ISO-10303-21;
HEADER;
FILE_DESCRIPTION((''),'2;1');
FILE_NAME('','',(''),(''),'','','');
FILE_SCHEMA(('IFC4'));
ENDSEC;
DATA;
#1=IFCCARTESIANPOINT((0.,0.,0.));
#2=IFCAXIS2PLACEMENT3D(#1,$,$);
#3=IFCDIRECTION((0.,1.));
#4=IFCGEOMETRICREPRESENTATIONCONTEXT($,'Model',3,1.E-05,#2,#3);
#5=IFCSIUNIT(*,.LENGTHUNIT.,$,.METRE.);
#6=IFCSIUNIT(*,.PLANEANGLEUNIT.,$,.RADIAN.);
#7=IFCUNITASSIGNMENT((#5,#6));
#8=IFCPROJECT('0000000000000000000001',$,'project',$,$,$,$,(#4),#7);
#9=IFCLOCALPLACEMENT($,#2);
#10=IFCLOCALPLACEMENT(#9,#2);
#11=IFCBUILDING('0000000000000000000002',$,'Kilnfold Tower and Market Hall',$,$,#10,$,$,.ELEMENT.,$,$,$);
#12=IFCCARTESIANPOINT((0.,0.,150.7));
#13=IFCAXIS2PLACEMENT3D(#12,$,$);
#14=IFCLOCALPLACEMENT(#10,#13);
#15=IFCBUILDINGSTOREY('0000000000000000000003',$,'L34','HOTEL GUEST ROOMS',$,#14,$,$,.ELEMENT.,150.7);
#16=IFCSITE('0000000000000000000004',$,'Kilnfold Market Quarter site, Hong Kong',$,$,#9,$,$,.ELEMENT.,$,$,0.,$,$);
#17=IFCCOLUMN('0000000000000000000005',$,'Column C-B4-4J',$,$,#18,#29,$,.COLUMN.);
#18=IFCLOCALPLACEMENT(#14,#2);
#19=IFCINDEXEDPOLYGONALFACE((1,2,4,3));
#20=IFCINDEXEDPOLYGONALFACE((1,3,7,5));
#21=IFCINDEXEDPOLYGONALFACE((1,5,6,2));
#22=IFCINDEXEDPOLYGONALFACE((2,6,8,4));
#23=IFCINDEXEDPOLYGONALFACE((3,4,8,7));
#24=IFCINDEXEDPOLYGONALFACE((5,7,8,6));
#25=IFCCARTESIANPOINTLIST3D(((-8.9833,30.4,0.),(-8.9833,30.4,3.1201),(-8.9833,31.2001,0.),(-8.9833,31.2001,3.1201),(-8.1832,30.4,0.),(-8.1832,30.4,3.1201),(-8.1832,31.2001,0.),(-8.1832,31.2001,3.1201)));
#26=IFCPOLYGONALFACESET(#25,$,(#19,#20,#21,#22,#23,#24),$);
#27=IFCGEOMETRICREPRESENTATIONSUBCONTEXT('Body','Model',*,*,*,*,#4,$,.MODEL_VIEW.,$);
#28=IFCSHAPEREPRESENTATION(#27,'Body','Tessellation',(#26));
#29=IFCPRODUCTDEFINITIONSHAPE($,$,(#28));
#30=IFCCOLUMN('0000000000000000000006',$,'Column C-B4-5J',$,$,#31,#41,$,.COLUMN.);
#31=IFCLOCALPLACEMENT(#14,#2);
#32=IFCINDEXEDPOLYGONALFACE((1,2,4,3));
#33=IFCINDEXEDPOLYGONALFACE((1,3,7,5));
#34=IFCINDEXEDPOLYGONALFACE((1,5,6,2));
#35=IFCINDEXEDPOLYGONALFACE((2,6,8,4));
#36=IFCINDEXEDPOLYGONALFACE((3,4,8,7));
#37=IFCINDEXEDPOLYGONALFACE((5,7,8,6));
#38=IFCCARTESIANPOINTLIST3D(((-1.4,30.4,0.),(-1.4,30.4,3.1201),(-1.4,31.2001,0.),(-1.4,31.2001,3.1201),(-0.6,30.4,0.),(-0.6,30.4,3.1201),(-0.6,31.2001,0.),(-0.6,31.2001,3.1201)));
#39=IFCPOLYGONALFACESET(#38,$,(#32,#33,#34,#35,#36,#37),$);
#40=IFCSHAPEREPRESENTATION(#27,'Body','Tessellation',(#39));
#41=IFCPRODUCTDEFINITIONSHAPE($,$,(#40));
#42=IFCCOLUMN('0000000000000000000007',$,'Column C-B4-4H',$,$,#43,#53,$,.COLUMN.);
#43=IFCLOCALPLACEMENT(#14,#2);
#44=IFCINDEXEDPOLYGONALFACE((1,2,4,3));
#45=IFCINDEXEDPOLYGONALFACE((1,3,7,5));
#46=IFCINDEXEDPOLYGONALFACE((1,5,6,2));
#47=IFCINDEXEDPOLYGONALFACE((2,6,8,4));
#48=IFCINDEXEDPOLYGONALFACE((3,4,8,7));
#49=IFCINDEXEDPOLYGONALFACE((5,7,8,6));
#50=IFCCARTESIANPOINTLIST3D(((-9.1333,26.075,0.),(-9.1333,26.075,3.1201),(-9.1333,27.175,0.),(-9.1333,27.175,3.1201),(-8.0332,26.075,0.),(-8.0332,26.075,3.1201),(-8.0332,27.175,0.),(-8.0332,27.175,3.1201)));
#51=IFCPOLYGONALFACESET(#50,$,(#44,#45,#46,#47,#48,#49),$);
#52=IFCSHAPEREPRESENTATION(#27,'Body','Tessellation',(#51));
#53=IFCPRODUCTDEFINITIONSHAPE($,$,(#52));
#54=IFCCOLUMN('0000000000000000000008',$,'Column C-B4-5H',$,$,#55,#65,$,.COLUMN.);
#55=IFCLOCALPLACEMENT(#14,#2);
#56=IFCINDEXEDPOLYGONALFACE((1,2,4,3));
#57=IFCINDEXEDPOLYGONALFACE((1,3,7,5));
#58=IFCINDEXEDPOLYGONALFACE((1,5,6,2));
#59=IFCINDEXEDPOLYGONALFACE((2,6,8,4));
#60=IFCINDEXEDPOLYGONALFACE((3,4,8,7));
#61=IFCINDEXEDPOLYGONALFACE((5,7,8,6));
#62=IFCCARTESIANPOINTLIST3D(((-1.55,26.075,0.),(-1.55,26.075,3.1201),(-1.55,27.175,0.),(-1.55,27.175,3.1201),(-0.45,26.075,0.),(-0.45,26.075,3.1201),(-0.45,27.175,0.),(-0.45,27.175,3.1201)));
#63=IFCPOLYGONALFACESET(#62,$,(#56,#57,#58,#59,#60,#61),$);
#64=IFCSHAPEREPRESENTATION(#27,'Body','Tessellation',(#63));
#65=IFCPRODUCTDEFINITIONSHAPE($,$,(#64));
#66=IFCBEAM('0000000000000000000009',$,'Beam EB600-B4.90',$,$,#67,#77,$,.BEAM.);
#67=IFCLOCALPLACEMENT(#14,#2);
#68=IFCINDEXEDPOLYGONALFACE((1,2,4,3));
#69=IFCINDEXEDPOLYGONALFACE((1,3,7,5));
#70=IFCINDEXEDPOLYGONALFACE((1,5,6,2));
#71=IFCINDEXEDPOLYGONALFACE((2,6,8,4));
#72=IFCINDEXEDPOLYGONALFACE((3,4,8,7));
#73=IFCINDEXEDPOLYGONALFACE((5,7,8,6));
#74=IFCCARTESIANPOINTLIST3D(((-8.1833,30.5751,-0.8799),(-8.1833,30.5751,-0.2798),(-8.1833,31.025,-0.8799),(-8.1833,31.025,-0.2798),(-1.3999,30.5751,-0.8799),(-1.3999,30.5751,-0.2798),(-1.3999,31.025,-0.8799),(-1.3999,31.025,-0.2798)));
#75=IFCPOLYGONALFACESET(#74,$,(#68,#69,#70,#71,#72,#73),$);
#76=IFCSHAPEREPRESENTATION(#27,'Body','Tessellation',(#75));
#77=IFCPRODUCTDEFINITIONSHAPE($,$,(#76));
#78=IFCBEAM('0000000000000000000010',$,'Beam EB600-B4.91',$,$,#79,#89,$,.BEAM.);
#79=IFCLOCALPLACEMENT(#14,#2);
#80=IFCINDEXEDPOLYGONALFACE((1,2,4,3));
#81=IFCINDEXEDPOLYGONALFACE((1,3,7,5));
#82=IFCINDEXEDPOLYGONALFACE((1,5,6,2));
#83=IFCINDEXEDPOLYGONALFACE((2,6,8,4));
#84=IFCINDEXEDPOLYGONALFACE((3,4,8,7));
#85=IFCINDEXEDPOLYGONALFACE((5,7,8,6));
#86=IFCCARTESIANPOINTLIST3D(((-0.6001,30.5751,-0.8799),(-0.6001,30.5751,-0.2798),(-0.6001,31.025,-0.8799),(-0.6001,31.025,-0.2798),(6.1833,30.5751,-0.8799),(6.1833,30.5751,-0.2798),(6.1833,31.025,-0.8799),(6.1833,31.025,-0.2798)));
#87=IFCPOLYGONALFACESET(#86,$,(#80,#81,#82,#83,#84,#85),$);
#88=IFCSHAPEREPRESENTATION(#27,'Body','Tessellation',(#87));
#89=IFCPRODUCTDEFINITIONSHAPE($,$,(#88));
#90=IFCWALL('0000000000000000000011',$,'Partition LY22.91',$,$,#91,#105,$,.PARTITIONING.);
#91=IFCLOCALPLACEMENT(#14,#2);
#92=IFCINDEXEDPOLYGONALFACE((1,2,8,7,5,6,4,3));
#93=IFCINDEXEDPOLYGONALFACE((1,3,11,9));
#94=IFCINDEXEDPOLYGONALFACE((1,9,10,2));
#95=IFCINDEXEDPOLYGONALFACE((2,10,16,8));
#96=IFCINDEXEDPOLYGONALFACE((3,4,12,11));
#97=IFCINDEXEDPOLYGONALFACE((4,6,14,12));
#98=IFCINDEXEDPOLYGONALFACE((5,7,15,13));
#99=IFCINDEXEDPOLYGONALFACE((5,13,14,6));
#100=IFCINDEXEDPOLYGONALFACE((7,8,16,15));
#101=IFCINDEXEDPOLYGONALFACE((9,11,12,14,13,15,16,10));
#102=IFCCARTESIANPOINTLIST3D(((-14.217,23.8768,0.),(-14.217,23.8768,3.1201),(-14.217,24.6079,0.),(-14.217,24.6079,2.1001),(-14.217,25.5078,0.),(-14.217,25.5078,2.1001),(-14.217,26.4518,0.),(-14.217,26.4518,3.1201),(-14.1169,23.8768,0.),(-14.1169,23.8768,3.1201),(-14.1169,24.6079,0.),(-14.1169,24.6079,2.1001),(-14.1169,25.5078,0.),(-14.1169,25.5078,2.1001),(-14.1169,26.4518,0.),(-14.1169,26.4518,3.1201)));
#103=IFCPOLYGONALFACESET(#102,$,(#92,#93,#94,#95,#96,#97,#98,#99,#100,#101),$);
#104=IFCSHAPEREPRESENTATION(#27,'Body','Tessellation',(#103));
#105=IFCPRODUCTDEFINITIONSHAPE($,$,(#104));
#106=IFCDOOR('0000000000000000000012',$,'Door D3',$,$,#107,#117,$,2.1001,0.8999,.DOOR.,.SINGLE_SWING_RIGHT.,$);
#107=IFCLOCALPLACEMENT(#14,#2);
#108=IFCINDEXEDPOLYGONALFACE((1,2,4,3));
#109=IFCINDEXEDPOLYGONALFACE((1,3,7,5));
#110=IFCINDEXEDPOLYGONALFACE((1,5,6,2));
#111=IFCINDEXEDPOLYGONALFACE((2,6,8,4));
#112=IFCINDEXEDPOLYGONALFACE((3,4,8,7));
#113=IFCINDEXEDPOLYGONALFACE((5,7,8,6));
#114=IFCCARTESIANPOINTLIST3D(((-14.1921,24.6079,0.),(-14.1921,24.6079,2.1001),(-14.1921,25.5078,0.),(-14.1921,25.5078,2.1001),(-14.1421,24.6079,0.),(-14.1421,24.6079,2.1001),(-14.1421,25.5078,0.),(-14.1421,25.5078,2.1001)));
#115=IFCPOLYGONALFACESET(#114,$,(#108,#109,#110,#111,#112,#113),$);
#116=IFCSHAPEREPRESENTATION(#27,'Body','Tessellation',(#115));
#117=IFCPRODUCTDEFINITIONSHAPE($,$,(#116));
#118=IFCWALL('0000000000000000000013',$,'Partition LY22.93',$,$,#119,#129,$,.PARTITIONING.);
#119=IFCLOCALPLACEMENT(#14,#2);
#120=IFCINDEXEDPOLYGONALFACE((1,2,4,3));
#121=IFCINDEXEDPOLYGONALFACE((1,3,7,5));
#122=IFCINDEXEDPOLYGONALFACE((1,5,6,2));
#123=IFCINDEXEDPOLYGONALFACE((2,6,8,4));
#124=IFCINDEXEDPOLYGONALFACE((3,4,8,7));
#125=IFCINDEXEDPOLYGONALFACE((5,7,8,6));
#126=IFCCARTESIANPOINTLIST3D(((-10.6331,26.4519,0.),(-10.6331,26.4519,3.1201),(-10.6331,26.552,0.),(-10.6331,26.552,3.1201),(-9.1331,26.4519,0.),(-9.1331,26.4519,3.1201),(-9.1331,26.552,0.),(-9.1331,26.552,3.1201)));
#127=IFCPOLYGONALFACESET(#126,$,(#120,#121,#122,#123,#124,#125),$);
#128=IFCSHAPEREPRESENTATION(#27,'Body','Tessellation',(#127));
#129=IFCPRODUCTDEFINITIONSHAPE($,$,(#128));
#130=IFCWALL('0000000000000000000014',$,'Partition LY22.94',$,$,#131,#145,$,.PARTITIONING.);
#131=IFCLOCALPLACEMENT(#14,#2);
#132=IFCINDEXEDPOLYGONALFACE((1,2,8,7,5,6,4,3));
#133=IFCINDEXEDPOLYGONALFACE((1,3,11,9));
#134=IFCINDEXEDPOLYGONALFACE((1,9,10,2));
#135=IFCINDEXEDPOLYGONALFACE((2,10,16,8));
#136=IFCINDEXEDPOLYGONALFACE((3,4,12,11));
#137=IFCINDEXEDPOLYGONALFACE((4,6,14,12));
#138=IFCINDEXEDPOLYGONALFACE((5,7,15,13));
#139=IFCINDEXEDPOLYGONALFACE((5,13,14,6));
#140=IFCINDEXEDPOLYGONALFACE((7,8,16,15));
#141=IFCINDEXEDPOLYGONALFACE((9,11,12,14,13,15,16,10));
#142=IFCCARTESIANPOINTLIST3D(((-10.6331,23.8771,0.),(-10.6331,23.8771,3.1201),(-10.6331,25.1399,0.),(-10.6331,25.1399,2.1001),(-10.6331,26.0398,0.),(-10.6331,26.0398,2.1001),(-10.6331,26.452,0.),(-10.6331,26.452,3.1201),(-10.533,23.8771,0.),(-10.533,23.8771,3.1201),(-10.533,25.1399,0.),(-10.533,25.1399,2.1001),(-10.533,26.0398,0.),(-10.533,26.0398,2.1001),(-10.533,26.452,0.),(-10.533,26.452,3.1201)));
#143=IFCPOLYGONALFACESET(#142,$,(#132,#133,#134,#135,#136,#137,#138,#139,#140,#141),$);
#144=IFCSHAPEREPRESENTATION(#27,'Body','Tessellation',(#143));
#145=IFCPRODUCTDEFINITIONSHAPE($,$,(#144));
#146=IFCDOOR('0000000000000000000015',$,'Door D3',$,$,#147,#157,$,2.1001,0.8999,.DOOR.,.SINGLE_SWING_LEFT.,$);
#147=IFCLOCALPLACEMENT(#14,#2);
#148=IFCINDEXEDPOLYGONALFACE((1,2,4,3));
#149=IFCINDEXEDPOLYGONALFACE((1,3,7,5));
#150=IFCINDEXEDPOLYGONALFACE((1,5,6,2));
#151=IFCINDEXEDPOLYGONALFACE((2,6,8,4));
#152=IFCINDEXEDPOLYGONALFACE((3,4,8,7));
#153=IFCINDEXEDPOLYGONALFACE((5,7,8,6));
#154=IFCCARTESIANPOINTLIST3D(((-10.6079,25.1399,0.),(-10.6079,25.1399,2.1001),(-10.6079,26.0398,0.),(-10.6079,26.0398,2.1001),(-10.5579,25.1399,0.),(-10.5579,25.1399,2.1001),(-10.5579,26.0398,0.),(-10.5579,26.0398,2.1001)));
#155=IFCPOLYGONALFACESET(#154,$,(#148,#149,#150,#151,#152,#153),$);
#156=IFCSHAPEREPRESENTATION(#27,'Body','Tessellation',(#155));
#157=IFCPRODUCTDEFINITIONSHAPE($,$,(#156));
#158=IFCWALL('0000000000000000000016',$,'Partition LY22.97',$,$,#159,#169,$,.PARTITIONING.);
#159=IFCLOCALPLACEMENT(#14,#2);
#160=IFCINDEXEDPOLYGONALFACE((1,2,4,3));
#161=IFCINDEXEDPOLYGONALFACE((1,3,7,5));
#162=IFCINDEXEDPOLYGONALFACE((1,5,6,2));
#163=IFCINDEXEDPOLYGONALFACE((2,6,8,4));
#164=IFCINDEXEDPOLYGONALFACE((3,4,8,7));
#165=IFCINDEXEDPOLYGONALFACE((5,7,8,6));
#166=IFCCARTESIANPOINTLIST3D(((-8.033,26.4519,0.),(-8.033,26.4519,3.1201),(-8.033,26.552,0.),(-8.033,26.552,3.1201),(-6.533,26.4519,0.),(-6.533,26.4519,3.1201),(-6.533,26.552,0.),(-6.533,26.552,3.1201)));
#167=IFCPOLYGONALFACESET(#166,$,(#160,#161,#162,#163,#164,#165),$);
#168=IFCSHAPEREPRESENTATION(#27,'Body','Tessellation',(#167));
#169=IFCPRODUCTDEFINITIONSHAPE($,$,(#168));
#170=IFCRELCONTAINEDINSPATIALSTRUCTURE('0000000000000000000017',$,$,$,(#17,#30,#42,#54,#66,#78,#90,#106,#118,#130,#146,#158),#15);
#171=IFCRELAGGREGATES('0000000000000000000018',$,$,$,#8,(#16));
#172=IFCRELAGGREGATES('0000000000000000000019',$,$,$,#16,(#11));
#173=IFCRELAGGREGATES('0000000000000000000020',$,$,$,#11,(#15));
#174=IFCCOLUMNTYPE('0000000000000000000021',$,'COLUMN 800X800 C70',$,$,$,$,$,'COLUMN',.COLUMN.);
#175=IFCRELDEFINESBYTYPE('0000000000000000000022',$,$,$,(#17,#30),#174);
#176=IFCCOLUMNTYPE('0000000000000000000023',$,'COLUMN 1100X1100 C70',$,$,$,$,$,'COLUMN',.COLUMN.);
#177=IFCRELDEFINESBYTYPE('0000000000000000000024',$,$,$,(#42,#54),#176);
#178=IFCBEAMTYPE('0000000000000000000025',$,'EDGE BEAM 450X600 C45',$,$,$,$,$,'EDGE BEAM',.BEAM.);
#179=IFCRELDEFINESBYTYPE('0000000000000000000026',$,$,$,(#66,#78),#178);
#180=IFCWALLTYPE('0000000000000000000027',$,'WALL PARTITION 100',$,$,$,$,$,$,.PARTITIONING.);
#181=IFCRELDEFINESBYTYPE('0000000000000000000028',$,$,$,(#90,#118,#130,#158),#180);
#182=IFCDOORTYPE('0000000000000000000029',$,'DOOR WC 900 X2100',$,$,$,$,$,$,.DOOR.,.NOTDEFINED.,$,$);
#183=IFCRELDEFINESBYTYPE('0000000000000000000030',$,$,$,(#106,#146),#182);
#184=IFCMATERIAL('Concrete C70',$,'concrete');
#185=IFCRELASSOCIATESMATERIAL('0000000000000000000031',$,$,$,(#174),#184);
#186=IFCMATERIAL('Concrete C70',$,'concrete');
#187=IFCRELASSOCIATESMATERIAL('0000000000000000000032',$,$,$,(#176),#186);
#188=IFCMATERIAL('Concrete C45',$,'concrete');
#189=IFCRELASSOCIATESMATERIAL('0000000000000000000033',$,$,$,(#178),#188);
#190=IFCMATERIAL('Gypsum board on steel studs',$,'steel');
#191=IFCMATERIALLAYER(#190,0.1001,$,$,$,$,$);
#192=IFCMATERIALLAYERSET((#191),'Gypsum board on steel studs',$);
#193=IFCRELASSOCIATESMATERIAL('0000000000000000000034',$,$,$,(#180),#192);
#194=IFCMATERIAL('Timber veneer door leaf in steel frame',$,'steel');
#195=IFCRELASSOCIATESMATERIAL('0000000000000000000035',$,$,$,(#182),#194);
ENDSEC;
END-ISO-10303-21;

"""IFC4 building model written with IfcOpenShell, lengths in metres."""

from ifc_helpers import new_model, si_unit, direction, frame, frame_2d, origin, origin_2d, place, context, subcontext, project, spatial, rectangle, extrude, source, transform, mapped, material, layer, layer_set, material_profile, profile_set, type_object, element, fill, save


model = new_model("IFC4")

# Units and contexts
model_context = context("Model", 3, precision=1e-05, world=origin(), true_north=direction((0.0, 1.0)))
body_context = subcontext(model_context, "Body", "Model", "MODEL_VIEW")
ifc_project = project(units=[si_unit("LENGTHUNIT", "METRE"), si_unit("PLANEANGLEUNIT", "RADIAN")], contexts=[model_context])

# Site, building, storey
site_placement = place(None, origin())
site = spatial("IfcSite", under=ifc_project, at=site_placement, Name="Kilnfold Market Quarter site, Hong Kong", CompositionType="ELEMENT", RefElevation=0.0)
building_placement = place(site_placement, origin())
building = spatial("IfcBuilding", under=site, at=building_placement, Name="Kilnfold Tower and Market Hall", CompositionType="ELEMENT")
storey_placement = place(building_placement, frame((0.0, 0.0, 150.7)))
storey = spatial("IfcBuildingStorey", under=building, at=storey_placement, Name="L34", Description="HOTEL GUEST ROOMS", CompositionType="ELEMENT", Elevation=150.7)

# Columns
ifc_material_1 = material(Name="Concrete C70", Category="concrete")
ifc_material_profile_1 = material_profile(ifc_material_1, rectangle(XDim=0.8, YDim=0.8, at=origin_2d()), Name="RC 800x800")
ifc_profile_set_1 = profile_set([ifc_material_profile_1], Name="Concrete C70")
column_type_1 = type_object("IfcColumnType", Name="COLUMN 800X800 C70", ElementType="COLUMN", PredefinedType="COLUMN", material=ifc_profile_set_1)
shared_shape_1 = source(origin(), body_context, "Body", "SweptSolid", [
    extrude(rectangle(XDim=0.8, YDim=0.8, at=origin_2d()), origin(), (0.0, 0.0, 1.0), 3.1201),
])
for number, where, z_axis, x_axis, name in (
    (1, (-8.5833, 30.8, 0.0), (0.0, 0.0, 1.0), (1.0, 0.0, 0.0), "Column C-B4-4J"),
    (2, (-1.0, 30.8, 0.0), (0.0, 0.0, 1.0), (1.0, 0.0, 0.0), "Column C-B4-5J"),
):
    element("IfcColumn", number, at=place(storey_placement, frame(where, z_axis=z_axis, x_axis=x_axis)), inside=storey, type_object=column_type_1, Name=name, PredefinedType="COLUMN", context=body_context, shape_type="MappedRepresentation", body=[
        mapped(shared_shape_1, transform((0.0, 0.0, 0.0))),
    ])
ifc_material_2 = material(Name="Concrete C70", Category="concrete")
ifc_material_profile_2 = material_profile(ifc_material_2, rectangle(XDim=1.1001, YDim=1.1001, at=origin_2d()), Name="RC 1100x1100")
ifc_profile_set_2 = profile_set([ifc_material_profile_2], Name="Concrete C70")
column_type_2 = type_object("IfcColumnType", Name="COLUMN 1100X1100 C70", ElementType="COLUMN", PredefinedType="COLUMN", material=ifc_profile_set_2)
shared_shape_2 = source(origin(), body_context, "Body", "SweptSolid", [
    extrude(rectangle(XDim=1.1001, YDim=1.1001, at=origin_2d()), origin(), (0.0, 0.0, 1.0), 3.1201),
])
for number, where, z_axis, x_axis, name in (
    (3, (-8.5833, 26.625, 0.0), (0.0, 0.0, 1.0), (1.0, 0.0, 0.0), "Column C-B4-4H"),
    (4, (-1.0, 26.625, 0.0), (0.0, 0.0, 1.0), (1.0, 0.0, 0.0), "Column C-B4-5H"),
):
    element("IfcColumn", number, at=place(storey_placement, frame(where, z_axis=z_axis, x_axis=x_axis)), inside=storey, type_object=column_type_2, Name=name, PredefinedType="COLUMN", context=body_context, shape_type="MappedRepresentation", body=[
        mapped(shared_shape_2, transform((0.0, 0.0, 0.0))),
    ])

# Beams
ifc_material_3 = material(Name="Concrete C45", Category="concrete")
ifc_material_profile_3 = material_profile(ifc_material_3, rectangle(XDim=0.45, YDim=0.6001, at=origin_2d()), Name="RC 450x600")
ifc_profile_set_3 = profile_set([ifc_material_profile_3], Name="Concrete C45")
beam_type = type_object("IfcBeamType", Name="EDGE BEAM 450X600 C45", ElementType="EDGE BEAM", PredefinedType="BEAM", material=ifc_profile_set_3)
shared_shape_3 = source(origin(), body_context, "Body", "SweptSolid", [
    extrude(rectangle(XDim=0.45, YDim=0.6001, at=origin_2d()), origin(), (0.0, 0.0, 1.0), 6.7834),
])
for number, where, z_axis, x_axis, name in (
    (5, (-8.1833, 30.8, -0.5798), (1.0, 0.0, 0.0), (0.0, 1.0, 0.0), "Beam EB600-B4.90"),
    (6, (-0.6001, 30.8, -0.5798), (1.0, 0.0, 0.0), (0.0, 1.0, 0.0), "Beam EB600-B4.91"),
):
    element("IfcBeam", number, at=place(storey_placement, frame(where, z_axis=z_axis, x_axis=x_axis)), inside=storey, type_object=beam_type, Name=name, PredefinedType="BEAM", context=body_context, shape_type="MappedRepresentation", body=[
        mapped(shared_shape_3, transform((0.0, 0.0, 0.0))),
    ])

# Wall, opening, door
ifc_material_4 = material(Name="Gypsum board on steel studs", Category="steel")
ifc_layer_1 = layer(ifc_material_4, 0.1001)
ifc_layer_set_1 = layer_set([ifc_layer_1], Name="Gypsum board on steel studs")
wall_type_1 = type_object("IfcWallType", Name="WALL PARTITION 100", PredefinedType="PARTITIONING", material=ifc_layer_set_1)
wall_1_placement = place(storey_placement, frame((-14.167, 26.4519, 0.0), z_axis=(0.0, 0.0, 1.0), x_axis=(0.0, -1.0, 0.0)))
wall_1 = element("IfcWall", 7, at=wall_1_placement, inside=storey, type_object=wall_type_1, Name="Partition LY22.91", PredefinedType="PARTITIONING", context=body_context, shape_type="SweptSolid", body=[
    extrude(rectangle(XDim=2.575, YDim=0.1001, at=frame_2d((1.2876, 0.0))), origin(), (0.0, 0.0, 1.0), 3.1201),
])
opening_1_placement = place(wall_1_placement, frame((0.9441, 0.0, 0.0)))
opening_1 = element("IfcOpeningElement", 8, at=opening_1_placement, cuts=wall_1, PredefinedType="OPENING", context=body_context, shape_type="SweptSolid", body=[
    extrude(rectangle(XDim=0.8999, YDim=2.1001, at=frame_2d((0.45, 1.05))), frame((0.0, 0.0601, 0.0), z_axis=(0.0, -1.0, 0.0), x_axis=(1.0, 0.0, 0.0)), (0.0, 0.0, 1.0), 0.1201),
])
ifc_material_5 = material(Name="Timber veneer door leaf in steel frame", Category="steel")
door_type = type_object("IfcDoorType", Name="DOOR WC 900 X2100", OperationType="NOTDEFINED", PredefinedType="DOOR", material=ifc_material_5)
door_1_placement = place(opening_1_placement, origin())
door_1 = element("IfcDoor", 9, at=door_1_placement, inside=storey, type_object=door_type, Name="Door D3", OperationType="SINGLE_SWING_RIGHT", OverallHeight=2.1001, OverallWidth=0.8999, PredefinedType="DOOR", context=body_context, shape_type="SweptSolid", body=[
    extrude(rectangle(XDim=0.8999, YDim=2.1001, at=frame_2d((0.45, 1.05))), frame((0.0, 0.0249, 0.0), z_axis=(0.0, -1.0, 0.0), x_axis=(1.0, 0.0, 0.0)), (0.0, 0.0, 1.0), 0.05),
])
fill(opening_1, door_1)

# Wall
wall_2_placement = place(storey_placement, frame((-10.6331, 26.502, 0.0), z_axis=(0.0, 0.0, 1.0), x_axis=(1.0, 0.0, 0.0)))
element("IfcWall", 10, at=wall_2_placement, inside=storey, type_object=wall_type_1, Name="Partition LY22.93", PredefinedType="PARTITIONING", context=body_context, shape_type="SweptSolid", body=[
    extrude(rectangle(XDim=1.5, YDim=0.1001, at=frame_2d((0.75, 0.0))), origin(), (0.0, 0.0, 1.0), 3.1201),
])

# Wall, opening, door
wall_3_placement = place(storey_placement, frame((-10.583, 23.877, 0.0), z_axis=(0.0, 0.0, 1.0), x_axis=(0.0, 1.0, 0.0)))
wall_3 = element("IfcWall", 11, at=wall_3_placement, inside=storey, type_object=wall_type_1, Name="Partition LY22.94", PredefinedType="PARTITIONING", context=body_context, shape_type="SweptSolid", body=[
    extrude(rectangle(XDim=2.575, YDim=0.1001, at=frame_2d((1.2876, 0.0))), origin(), (0.0, 0.0, 1.0), 3.1201),
])
opening_2_placement = place(wall_3_placement, frame((1.2629, 0.0, 0.0)))
opening_2 = element("IfcOpeningElement", 12, at=opening_2_placement, cuts=wall_3, PredefinedType="OPENING", context=body_context, shape_type="SweptSolid", body=[
    extrude(rectangle(XDim=0.8999, YDim=2.1001, at=frame_2d((0.45, 1.05))), frame((0.0, 0.0601, 0.0), z_axis=(0.0, -1.0, 0.0), x_axis=(1.0, 0.0, 0.0)), (0.0, 0.0, 1.0), 0.1201),
])
door_2_placement = place(opening_2_placement, origin())
door_2 = element("IfcDoor", 13, at=door_2_placement, inside=storey, type_object=door_type, Name="Door D3", OperationType="SINGLE_SWING_LEFT", OverallHeight=2.1001, OverallWidth=0.8999, PredefinedType="DOOR", context=body_context, shape_type="SweptSolid", body=[
    extrude(rectangle(XDim=0.8999, YDim=2.1001, at=frame_2d((0.45, 1.05))), frame((0.0, 0.0249, 0.0), z_axis=(0.0, -1.0, 0.0), x_axis=(1.0, 0.0, 0.0)), (0.0, 0.0, 1.0), 0.05),
])
fill(opening_2, door_2)

# Wall
wall_4_placement = place(storey_placement, frame((-8.033, 26.502, 0.0), z_axis=(0.0, 0.0, 1.0), x_axis=(1.0, 0.0, 0.0)))
element("IfcWall", 14, at=wall_4_placement, inside=storey, type_object=wall_type_1, Name="Partition LY22.97", PredefinedType="PARTITIONING", context=body_context, shape_type="SweptSolid", body=[
    extrude(rectangle(XDim=1.5, YDim=0.1001, at=frame_2d((0.75, 0.0))), origin(), (0.0, 0.0, 1.0), 3.1201),
])

save(model, "model.ifc")
